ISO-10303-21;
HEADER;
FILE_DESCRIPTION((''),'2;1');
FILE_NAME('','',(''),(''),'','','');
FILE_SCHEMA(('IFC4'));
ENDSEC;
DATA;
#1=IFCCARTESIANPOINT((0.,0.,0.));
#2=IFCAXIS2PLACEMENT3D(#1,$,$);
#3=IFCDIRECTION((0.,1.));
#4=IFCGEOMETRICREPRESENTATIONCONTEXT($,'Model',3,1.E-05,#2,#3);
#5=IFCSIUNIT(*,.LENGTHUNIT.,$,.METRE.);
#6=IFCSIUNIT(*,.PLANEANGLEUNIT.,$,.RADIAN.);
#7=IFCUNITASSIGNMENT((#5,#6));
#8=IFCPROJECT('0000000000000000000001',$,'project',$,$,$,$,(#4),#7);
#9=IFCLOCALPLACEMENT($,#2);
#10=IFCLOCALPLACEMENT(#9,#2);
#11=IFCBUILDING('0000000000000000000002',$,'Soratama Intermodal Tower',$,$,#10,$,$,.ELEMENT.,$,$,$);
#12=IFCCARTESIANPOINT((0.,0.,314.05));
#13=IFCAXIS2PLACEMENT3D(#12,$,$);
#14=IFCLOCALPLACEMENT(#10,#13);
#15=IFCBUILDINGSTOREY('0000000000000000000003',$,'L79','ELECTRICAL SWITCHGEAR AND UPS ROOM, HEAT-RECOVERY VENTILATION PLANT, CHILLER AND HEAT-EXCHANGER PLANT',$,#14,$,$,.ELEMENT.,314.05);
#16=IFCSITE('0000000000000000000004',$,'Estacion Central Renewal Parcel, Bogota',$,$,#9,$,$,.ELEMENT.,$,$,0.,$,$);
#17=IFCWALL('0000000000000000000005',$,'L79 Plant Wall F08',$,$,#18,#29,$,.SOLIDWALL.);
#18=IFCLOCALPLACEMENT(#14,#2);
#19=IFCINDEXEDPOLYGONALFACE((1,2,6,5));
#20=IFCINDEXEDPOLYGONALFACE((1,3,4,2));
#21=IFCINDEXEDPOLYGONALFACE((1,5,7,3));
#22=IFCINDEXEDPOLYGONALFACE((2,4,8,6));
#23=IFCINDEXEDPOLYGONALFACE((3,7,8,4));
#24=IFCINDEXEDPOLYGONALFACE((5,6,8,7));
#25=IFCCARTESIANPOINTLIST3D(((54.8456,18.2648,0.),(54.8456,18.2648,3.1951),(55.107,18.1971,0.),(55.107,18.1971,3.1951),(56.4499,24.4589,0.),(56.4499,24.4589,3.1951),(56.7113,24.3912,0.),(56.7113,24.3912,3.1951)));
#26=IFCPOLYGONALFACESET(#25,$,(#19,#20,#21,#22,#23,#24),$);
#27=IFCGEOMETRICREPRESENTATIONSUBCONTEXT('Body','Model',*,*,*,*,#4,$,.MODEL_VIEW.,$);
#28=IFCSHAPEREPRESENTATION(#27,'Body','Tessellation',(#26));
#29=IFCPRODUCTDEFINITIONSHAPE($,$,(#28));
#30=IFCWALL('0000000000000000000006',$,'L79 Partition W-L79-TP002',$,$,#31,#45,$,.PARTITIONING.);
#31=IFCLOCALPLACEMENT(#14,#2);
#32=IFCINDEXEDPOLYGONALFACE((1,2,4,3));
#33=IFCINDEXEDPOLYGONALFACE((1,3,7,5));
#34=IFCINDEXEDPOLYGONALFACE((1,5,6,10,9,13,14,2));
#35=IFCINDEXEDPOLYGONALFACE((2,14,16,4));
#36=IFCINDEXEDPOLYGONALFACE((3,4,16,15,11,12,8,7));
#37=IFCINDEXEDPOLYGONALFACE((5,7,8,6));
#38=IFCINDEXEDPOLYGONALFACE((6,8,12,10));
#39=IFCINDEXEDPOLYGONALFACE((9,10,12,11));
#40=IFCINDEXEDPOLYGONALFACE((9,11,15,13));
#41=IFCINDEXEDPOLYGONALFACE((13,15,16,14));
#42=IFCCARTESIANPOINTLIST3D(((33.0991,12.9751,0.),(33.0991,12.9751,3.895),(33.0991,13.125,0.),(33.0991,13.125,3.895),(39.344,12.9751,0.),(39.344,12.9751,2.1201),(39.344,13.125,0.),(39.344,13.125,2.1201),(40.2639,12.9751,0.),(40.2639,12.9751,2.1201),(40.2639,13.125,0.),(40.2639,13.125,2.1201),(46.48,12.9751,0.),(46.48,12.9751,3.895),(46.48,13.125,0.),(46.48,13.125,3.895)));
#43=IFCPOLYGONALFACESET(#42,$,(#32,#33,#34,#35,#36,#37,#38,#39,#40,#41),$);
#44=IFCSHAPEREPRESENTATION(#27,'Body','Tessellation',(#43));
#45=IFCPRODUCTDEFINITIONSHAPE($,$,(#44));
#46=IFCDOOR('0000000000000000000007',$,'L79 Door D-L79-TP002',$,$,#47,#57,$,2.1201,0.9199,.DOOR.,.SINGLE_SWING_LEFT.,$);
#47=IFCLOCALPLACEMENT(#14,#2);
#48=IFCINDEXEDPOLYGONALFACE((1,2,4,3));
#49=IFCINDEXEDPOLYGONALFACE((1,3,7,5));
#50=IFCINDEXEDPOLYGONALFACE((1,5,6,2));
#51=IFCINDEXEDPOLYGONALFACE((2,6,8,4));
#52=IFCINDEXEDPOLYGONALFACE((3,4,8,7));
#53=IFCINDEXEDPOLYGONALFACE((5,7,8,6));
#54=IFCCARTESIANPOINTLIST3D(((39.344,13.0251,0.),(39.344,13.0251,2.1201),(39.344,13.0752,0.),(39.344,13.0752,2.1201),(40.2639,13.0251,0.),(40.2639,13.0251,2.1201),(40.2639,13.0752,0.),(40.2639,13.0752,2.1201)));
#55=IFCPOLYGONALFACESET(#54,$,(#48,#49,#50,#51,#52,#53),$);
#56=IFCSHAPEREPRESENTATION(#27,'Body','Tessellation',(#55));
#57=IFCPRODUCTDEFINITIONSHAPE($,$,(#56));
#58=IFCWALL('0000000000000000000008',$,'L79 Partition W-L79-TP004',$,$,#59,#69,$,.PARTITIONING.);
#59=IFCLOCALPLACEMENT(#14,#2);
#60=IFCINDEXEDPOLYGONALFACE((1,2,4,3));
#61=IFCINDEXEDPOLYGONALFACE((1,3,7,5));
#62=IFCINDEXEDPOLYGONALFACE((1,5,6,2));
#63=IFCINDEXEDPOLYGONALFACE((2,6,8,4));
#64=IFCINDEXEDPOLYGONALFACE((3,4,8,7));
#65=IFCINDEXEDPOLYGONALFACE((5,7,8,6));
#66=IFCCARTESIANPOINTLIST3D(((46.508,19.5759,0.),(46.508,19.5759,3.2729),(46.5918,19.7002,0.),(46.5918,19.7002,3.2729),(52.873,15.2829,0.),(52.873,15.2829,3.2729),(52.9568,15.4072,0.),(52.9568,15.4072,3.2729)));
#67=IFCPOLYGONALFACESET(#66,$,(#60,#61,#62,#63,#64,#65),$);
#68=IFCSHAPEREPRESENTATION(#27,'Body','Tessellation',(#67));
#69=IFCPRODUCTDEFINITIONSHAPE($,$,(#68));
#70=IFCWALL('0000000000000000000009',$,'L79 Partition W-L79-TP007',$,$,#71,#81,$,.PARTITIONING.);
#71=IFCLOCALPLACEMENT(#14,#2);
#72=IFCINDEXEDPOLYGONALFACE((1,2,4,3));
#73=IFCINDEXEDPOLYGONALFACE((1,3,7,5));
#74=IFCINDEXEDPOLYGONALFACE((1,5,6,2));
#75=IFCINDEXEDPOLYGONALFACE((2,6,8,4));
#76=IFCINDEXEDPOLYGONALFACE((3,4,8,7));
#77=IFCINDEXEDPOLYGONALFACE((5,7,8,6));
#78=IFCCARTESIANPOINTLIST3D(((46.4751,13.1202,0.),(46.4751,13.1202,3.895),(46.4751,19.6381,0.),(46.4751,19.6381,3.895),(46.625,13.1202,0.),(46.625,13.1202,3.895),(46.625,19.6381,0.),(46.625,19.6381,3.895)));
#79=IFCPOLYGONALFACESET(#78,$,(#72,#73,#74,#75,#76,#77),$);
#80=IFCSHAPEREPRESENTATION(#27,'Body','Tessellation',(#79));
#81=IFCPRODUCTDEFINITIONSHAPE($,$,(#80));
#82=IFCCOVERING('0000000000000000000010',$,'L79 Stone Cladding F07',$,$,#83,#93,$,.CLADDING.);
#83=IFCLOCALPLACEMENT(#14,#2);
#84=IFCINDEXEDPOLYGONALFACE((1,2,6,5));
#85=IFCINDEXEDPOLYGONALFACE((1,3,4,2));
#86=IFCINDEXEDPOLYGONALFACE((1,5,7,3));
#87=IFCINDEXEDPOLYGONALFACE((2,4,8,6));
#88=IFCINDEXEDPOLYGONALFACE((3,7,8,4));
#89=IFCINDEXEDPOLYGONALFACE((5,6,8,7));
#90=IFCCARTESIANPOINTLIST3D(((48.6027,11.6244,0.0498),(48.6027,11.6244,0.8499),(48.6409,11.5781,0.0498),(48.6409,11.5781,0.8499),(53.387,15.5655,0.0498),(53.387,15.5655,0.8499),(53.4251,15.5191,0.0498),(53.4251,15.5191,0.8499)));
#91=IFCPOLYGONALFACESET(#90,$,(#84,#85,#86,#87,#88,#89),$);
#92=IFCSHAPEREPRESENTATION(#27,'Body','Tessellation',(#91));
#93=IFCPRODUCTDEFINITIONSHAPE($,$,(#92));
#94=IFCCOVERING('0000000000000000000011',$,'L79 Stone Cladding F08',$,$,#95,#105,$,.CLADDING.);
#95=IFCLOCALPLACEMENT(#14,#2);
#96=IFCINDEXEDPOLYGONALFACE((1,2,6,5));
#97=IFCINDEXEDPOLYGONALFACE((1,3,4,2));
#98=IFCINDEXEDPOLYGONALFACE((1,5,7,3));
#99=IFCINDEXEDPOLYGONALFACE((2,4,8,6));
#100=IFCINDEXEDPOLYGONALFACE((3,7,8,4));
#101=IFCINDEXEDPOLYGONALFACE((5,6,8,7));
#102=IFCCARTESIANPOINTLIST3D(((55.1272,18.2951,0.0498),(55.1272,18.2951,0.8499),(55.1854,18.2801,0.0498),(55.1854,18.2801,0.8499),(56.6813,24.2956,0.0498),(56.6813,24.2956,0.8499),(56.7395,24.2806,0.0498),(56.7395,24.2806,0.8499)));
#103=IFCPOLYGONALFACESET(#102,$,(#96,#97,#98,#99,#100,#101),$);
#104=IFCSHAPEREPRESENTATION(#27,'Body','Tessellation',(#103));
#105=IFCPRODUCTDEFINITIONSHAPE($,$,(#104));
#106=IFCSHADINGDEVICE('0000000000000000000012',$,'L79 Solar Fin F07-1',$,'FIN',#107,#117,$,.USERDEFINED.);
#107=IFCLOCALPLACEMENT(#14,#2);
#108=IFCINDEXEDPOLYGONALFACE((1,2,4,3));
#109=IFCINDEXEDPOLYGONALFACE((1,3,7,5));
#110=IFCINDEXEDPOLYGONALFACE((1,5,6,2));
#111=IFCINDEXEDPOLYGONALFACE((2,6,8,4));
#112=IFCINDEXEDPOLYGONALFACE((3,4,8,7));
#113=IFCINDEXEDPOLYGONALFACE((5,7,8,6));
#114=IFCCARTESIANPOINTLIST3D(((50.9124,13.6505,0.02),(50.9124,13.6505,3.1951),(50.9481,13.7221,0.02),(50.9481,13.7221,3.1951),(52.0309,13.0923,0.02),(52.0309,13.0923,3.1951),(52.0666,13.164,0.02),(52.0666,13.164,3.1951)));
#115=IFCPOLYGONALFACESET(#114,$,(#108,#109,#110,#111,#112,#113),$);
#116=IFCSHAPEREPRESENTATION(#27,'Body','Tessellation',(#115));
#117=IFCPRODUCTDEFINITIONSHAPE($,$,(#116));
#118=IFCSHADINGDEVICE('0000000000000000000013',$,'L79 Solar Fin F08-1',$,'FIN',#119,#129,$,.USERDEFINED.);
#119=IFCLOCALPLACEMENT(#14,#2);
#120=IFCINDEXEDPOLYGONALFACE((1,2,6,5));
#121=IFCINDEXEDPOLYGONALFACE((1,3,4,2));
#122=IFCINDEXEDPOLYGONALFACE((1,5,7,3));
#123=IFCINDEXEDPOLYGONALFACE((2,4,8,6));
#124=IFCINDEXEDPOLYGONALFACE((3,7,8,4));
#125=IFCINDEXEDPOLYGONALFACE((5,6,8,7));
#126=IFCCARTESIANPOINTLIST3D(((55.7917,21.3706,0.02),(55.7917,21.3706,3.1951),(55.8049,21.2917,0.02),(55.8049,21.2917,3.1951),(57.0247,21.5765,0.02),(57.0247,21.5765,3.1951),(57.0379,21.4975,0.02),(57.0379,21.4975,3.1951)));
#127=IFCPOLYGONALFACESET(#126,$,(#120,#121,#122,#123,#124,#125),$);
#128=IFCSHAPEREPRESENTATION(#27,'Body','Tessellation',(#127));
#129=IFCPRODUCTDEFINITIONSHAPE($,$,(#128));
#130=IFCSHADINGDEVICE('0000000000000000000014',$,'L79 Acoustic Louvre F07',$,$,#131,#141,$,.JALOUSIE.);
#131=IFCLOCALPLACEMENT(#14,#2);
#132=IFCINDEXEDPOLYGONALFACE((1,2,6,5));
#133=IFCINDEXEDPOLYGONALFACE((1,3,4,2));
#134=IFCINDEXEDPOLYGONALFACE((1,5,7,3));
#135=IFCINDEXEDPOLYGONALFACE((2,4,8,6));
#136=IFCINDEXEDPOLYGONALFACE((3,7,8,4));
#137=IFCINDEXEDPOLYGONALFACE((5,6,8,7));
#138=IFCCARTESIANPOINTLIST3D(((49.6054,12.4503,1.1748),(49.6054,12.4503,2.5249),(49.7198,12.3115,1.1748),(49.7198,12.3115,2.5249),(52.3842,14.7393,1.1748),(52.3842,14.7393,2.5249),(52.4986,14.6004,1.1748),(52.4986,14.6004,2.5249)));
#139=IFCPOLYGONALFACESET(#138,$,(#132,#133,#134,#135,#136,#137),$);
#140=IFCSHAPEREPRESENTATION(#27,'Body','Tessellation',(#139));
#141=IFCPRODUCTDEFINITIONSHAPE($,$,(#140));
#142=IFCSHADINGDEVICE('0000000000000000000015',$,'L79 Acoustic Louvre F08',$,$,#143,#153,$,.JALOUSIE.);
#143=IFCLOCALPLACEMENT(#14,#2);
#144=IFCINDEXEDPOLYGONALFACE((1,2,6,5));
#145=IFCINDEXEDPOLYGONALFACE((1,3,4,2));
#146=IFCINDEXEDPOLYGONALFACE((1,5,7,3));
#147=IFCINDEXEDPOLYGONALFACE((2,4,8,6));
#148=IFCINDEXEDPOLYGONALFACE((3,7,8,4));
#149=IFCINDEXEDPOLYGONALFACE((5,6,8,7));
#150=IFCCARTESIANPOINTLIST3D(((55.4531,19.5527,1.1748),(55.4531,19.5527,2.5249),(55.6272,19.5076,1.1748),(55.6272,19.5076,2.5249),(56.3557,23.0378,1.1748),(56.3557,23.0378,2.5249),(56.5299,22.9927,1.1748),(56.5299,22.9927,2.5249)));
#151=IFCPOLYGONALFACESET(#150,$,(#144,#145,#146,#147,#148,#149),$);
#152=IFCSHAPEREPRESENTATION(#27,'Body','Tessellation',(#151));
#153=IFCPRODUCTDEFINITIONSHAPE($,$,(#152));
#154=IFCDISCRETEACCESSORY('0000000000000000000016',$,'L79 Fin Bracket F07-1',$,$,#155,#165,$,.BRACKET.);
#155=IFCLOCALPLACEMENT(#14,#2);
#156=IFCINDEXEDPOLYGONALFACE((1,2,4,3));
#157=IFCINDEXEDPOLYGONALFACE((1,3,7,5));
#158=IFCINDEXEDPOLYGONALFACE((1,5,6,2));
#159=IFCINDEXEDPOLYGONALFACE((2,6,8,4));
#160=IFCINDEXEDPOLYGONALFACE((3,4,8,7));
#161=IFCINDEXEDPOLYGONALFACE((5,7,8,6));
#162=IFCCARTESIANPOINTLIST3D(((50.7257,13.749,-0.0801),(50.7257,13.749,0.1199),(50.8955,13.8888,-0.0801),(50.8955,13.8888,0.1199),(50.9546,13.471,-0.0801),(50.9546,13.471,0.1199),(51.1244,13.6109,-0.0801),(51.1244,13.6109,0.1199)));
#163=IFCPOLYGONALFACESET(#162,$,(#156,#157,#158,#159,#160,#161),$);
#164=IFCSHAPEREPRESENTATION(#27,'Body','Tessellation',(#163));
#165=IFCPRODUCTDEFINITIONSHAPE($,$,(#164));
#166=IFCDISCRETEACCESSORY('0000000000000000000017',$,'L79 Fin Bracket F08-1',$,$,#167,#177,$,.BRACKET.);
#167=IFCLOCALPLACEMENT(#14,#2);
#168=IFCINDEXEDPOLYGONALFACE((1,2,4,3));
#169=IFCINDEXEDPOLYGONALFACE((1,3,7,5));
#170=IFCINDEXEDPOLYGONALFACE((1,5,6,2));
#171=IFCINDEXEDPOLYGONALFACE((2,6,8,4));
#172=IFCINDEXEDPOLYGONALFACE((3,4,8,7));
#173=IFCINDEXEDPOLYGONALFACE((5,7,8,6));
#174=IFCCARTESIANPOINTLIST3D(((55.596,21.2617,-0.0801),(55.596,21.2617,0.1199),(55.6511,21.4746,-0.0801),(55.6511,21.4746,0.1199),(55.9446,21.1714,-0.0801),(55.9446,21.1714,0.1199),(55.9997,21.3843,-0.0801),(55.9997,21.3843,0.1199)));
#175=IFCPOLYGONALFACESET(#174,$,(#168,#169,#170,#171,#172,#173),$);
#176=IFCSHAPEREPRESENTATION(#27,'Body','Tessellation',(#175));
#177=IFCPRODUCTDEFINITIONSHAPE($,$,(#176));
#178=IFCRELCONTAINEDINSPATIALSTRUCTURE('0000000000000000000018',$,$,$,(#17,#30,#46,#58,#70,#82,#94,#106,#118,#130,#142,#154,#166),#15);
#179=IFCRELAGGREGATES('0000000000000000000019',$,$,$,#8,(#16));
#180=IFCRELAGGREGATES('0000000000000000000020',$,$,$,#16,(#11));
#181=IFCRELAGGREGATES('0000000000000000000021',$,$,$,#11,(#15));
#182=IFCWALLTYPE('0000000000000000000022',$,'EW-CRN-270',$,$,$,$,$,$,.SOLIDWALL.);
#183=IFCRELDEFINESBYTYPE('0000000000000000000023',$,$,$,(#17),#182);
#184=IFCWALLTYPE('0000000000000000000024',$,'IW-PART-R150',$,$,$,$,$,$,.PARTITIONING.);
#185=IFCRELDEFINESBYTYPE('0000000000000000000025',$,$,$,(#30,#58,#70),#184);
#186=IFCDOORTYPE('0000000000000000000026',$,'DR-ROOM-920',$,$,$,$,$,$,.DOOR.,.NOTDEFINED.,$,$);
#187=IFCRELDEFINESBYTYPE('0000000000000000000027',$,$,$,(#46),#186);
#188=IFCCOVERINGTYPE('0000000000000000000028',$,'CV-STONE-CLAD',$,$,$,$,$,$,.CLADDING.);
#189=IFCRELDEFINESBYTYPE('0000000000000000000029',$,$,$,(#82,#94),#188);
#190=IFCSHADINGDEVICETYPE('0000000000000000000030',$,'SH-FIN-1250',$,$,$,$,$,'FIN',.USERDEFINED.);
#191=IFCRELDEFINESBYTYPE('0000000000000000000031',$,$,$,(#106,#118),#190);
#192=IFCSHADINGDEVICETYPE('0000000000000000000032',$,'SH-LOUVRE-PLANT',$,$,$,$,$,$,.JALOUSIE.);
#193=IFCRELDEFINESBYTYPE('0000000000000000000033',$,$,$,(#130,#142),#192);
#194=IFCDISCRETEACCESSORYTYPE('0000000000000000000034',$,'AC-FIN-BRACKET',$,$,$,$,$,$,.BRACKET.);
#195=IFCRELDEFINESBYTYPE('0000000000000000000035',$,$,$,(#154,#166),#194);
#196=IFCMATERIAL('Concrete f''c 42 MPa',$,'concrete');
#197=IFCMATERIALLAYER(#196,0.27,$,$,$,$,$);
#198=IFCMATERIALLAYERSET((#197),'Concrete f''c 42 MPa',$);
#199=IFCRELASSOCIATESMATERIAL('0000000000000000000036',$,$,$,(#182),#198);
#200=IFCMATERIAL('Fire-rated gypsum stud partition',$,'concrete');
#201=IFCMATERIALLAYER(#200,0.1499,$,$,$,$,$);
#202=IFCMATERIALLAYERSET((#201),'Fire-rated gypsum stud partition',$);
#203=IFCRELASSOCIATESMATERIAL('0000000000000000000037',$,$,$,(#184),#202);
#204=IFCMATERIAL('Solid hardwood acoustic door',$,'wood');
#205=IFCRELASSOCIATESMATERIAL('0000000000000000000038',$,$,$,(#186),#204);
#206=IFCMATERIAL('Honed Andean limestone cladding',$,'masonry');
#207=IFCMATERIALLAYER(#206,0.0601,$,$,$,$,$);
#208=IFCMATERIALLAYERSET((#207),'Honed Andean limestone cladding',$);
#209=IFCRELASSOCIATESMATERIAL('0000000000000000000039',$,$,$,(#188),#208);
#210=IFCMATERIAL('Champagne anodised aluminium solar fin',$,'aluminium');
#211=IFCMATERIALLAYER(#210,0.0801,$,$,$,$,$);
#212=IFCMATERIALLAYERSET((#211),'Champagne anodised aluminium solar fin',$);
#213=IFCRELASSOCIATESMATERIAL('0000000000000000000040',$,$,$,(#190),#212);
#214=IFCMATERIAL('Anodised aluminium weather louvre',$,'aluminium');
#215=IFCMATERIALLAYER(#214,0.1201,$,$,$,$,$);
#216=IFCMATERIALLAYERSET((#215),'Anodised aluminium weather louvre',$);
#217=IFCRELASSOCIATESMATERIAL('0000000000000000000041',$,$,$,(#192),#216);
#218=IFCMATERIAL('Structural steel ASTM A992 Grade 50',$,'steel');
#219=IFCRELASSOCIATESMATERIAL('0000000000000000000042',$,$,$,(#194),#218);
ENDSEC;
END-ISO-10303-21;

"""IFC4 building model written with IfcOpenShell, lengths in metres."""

from ifc_helpers import new_model, si_unit, direction, frame, frame_2d, origin, origin_2d, place, context, subcontext, project, spatial, rectangle, extrude, material, layer, layer_set, type_object, element, fill, save


model = new_model("IFC4")

# Units and contexts
model_context = context("Model", 3, precision=1e-05, world=origin(), true_north=direction((0.0, 1.0)))
body_context = subcontext(model_context, "Body", "Model", "MODEL_VIEW")
ifc_project = project(units=[si_unit("LENGTHUNIT", "METRE"), si_unit("PLANEANGLEUNIT", "RADIAN")], contexts=[model_context])

# Site, building, storey
site_placement = place(None, origin())
site = spatial("IfcSite", under=ifc_project, at=site_placement, Name="Estacion Central Renewal Parcel, Bogota", CompositionType="ELEMENT", RefElevation=0.0)
building_placement = place(site_placement, origin())
building = spatial("IfcBuilding", under=site, at=building_placement, Name="Soratama Intermodal Tower", CompositionType="ELEMENT")
storey_placement = place(building_placement, frame((0.0, 0.0, 314.05)))
storey = spatial("IfcBuildingStorey", under=building, at=storey_placement, Name="L79", Description="ELECTRICAL SWITCHGEAR AND UPS ROOM, HEAT-RECOVERY VENTILATION PLANT, CHILLER AND HEAT-EXCHANGER PLANT", CompositionType="ELEMENT", Elevation=314.05)

# Wall
ifc_material_1 = material(Name="Concrete f'c 42 MPa", Category="concrete")
ifc_layer_1 = layer(ifc_material_1, 0.27)
ifc_layer_set_1 = layer_set([ifc_layer_1], Name="Concrete f'c 42 MPa")
wall_type_1 = type_object("IfcWallType", Name="EW-CRN-270", PredefinedType="SOLIDWALL", material=ifc_layer_set_1)
wall_1_placement = place(storey_placement, frame((54.9763, 18.231, 0.0), z_axis=(0.0, 0.0, 1.0), x_axis=(0.250724, 0.968059, 0.0)))
element("IfcWall", 1, at=wall_1_placement, inside=storey, type_object=wall_type_1, Name="L79 Plant Wall F08", PredefinedType="SOLIDWALL", context=body_context, shape_type="SweptSolid", body=[
    extrude(rectangle(XDim=6.3984, YDim=0.27, at=frame_2d((3.1992, 0.0))), origin(), (0.0, 0.0, 1.0), 3.1951),
])

# Wall, opening, door
ifc_material_2 = material(Name="Fire-rated gypsum stud partition", Category="concrete")
ifc_layer_2 = layer(ifc_material_2, 0.1499)
ifc_layer_set_2 = layer_set([ifc_layer_2], Name="Fire-rated gypsum stud partition")
wall_type_2 = type_object("IfcWallType", Name="IW-PART-R150", PredefinedType="PARTITIONING", material=ifc_layer_set_2)
wall_2_placement = place(storey_placement, frame((46.48, 13.05, 0.0), z_axis=(0.0, 0.0, 1.0), x_axis=(-1.0, 0.0, 0.0)))
wall_2 = element("IfcWall", 2, at=wall_2_placement, inside=storey, type_object=wall_type_2, Name="L79 Partition W-L79-TP002", PredefinedType="PARTITIONING", context=body_context, shape_type="SweptSolid", body=[
    extrude(rectangle(XDim=13.3809, YDim=0.1499, at=frame_2d((6.6904, 0.0))), origin(), (0.0, 0.0, 1.0), 3.895),
])
opening_placement = place(wall_2_placement, frame((6.2161, 0.0, 0.0)))
opening = element("IfcOpeningElement", 3, at=opening_placement, cuts=wall_2, PredefinedType="OPENING", context=body_context, shape_type="SweptSolid", body=[
    extrude(rectangle(XDim=0.9199, YDim=2.1201, at=frame_2d((0.46, 1.0601))), frame((0.0, 0.085, 0.0), z_axis=(0.0, -1.0, 0.0), x_axis=(1.0, 0.0, 0.0)), (0.0, 0.0, 1.0), 0.1699),
])
ifc_material_3 = material(Name="Solid hardwood acoustic door", Category="wood")
door_type = type_object("IfcDoorType", Name="DR-ROOM-920", OperationType="NOTDEFINED", PredefinedType="DOOR", material=ifc_material_3)
door_placement = place(opening_placement, origin())
door = element("IfcDoor", 4, at=door_placement, inside=storey, type_object=door_type, Name="L79 Door D-L79-TP002", OperationType="SINGLE_SWING_LEFT", OverallHeight=2.1201, OverallWidth=0.9199, PredefinedType="DOOR", context=body_context, shape_type="SweptSolid", body=[
    extrude(rectangle(XDim=0.9199, YDim=2.1201, at=frame_2d((0.46, 1.0601))), frame((0.0, 0.0249, 0.0), z_axis=(0.0, -1.0, 0.0), x_axis=(1.0, 0.0, 0.0)), (0.0, 0.0, 1.0), 0.05),
])
fill(opening, door)

# Walls
wall_3_placement = place(storey_placement, frame((52.915, 15.345, 0.0), z_axis=(0.0, 0.0, 1.0), x_axis=(-0.829054, 0.559169, 0.0)))
element("IfcWall", 5, at=wall_3_placement, inside=storey, type_object=wall_type_2, Name="L79 Partition W-L79-TP004", PredefinedType="PARTITIONING", context=body_context, shape_type="SweptSolid", body=[
    extrude(rectangle(XDim=7.6775, YDim=0.1499, at=frame_2d((3.8389, 0.0))), origin(), (0.0, 0.0, 1.0), 3.2729),
])
wall_4_placement = place(storey_placement, frame((46.55, 19.6379, 0.0), z_axis=(0.0, 0.0, 1.0), x_axis=(0.0, -1.0, 0.0)))
element("IfcWall", 6, at=wall_4_placement, inside=storey, type_object=wall_type_2, Name="L79 Partition W-L79-TP007", PredefinedType="PARTITIONING", context=body_context, shape_type="SweptSolid", body=[
    extrude(rectangle(XDim=6.5178, YDim=0.1499, at=frame_2d((3.2588, 0.0))), origin(), (0.0, 0.0, 1.0), 3.895),
])

# Coverings
ifc_material_4 = material(Name="Honed Andean limestone cladding", Category="masonry")
ifc_layer_3 = layer(ifc_material_4, 0.0601)
ifc_layer_set_3 = layer_set([ifc_layer_3], Name="Honed Andean limestone cladding")
covering_type = type_object("IfcCoveringType", Name="CV-STONE-CLAD", PredefinedType="CLADDING", material=ifc_layer_set_3)
for number, where, z_axis, x_axis, name in (
    (7, (51.0139, 13.5718, 0.0498), (0.0, 0.0, 1.0), (0.771847, 0.635809, 0.0), "L79 Stone Cladding F07"),
    (8, (55.9333, 21.2878, 0.0498), (0.0, 0.0, 1.0), (0.250718, 0.96806, 0.0), "L79 Stone Cladding F08"),
):
    element("IfcCovering", number, at=place(storey_placement, frame(where, z_axis=z_axis, x_axis=x_axis)), inside=storey, type_object=covering_type, Name=name, PredefinedType="CLADDING", context=body_context, shape_type="SweptSolid", body=[
        extrude(rectangle(XDim=6.1985, YDim=0.0601, at=origin_2d()), origin(), (0.0, 0.0, 1.0), 0.8),
    ])

# Shading devices
ifc_material_5 = material(Name="Champagne anodised aluminium solar fin", Category="aluminium")
ifc_layer_4 = layer(ifc_material_5, 0.0801)
ifc_layer_set_4 = layer_set([ifc_layer_4], Name="Champagne anodised aluminium solar fin")
shading_device_type_1 = type_object("IfcShadingDeviceType", Name="SH-FIN-1250", ElementType="FIN", PredefinedType="USERDEFINED", material=ifc_layer_set_4)
for number, where, z_axis, x_axis, name in (
    (9, (51.4895, 13.4072, 0.02), (0.0, 0.0, 1.0), (0.894779, -0.44651, 0.0), "L79 Solar Fin F07-1"),
    (10, (56.4148, 21.4341, 0.02), (0.0, 0.0, 1.0), (0.986343, 0.164703, 0.0), "L79 Solar Fin F08-1"),
):
    element("IfcShadingDevice", number, at=place(storey_placement, frame(where, z_axis=z_axis, x_axis=x_axis)), inside=storey, type_object=shading_device_type_1, Name=name, ObjectType="FIN", PredefinedType="USERDEFINED", context=body_context, shape_type="SweptSolid", body=[
        extrude(rectangle(XDim=1.25, YDim=0.0801, at=origin_2d()), origin(), (0.0, 0.0, 1.0), 3.175),
    ])
ifc_material_6 = material(Name="Anodised aluminium weather louvre", Category="aluminium")
ifc_layer_5 = layer(ifc_material_6, 0.1201)
ifc_layer_set_5 = layer_set([ifc_layer_5], Name="Anodised aluminium weather louvre")
shading_device_type_2 = type_object("IfcShadingDeviceType", Name="SH-LOUVRE-PLANT", PredefinedType="JALOUSIE", material=ifc_layer_set_5)
for number, where, z_axis, x_axis, name in (
    (11, (51.052, 13.5254, 1.1748), (0.0, 0.0, 1.0), (0.771847, 0.635809, 0.0), "L79 Acoustic Louvre F07"),
    (12, (55.9915, 21.2727, 1.1748), (0.0, 0.0, 1.0), (0.250718, 0.96806, 0.0), "L79 Acoustic Louvre F08"),
):
    element("IfcShadingDevice", number, at=place(storey_placement, frame(where, z_axis=z_axis, x_axis=x_axis)), inside=storey, type_object=shading_device_type_2, Name=name, PredefinedType="JALOUSIE", context=body_context, shape_type="SweptSolid", body=[
        extrude(rectangle(XDim=3.6001, YDim=0.1799, at=origin_2d()), origin(), (0.0, 0.0, 1.0), 1.3501),
    ])

# Discrete accessories
ifc_material_7 = material(Name="Structural steel ASTM A992 Grade 50", Category="steel")
discrete_accessory_type = type_object("IfcDiscreteAccessoryType", Name="AC-FIN-BRACKET", PredefinedType="BRACKET", material=ifc_material_7)
for number, where, z_axis, x_axis, name in (
    (13, (50.925, 13.6799, -0.0801), (0.0, 0.0, 1.0), (0.635809, -0.771847, 0.0), "L79 Fin Bracket F07-1"),
    (14, (55.7979, 21.323, -0.0801), (0.0, 0.0, 1.0), (0.96806, -0.250718, 0.0), "L79 Fin Bracket F08-1"),
):
    element("IfcDiscreteAccessory", number, at=place(storey_placement, frame(where, z_axis=z_axis, x_axis=x_axis)), inside=storey, type_object=discrete_accessory_type, Name=name, PredefinedType="BRACKET", context=body_context, shape_type="SweptSolid", body=[
        extrude(rectangle(XDim=0.3601, YDim=0.22, at=origin_2d()), origin(), (0.0, 0.0, 1.0), 0.2),
    ])

save(model, "model.ifc")
